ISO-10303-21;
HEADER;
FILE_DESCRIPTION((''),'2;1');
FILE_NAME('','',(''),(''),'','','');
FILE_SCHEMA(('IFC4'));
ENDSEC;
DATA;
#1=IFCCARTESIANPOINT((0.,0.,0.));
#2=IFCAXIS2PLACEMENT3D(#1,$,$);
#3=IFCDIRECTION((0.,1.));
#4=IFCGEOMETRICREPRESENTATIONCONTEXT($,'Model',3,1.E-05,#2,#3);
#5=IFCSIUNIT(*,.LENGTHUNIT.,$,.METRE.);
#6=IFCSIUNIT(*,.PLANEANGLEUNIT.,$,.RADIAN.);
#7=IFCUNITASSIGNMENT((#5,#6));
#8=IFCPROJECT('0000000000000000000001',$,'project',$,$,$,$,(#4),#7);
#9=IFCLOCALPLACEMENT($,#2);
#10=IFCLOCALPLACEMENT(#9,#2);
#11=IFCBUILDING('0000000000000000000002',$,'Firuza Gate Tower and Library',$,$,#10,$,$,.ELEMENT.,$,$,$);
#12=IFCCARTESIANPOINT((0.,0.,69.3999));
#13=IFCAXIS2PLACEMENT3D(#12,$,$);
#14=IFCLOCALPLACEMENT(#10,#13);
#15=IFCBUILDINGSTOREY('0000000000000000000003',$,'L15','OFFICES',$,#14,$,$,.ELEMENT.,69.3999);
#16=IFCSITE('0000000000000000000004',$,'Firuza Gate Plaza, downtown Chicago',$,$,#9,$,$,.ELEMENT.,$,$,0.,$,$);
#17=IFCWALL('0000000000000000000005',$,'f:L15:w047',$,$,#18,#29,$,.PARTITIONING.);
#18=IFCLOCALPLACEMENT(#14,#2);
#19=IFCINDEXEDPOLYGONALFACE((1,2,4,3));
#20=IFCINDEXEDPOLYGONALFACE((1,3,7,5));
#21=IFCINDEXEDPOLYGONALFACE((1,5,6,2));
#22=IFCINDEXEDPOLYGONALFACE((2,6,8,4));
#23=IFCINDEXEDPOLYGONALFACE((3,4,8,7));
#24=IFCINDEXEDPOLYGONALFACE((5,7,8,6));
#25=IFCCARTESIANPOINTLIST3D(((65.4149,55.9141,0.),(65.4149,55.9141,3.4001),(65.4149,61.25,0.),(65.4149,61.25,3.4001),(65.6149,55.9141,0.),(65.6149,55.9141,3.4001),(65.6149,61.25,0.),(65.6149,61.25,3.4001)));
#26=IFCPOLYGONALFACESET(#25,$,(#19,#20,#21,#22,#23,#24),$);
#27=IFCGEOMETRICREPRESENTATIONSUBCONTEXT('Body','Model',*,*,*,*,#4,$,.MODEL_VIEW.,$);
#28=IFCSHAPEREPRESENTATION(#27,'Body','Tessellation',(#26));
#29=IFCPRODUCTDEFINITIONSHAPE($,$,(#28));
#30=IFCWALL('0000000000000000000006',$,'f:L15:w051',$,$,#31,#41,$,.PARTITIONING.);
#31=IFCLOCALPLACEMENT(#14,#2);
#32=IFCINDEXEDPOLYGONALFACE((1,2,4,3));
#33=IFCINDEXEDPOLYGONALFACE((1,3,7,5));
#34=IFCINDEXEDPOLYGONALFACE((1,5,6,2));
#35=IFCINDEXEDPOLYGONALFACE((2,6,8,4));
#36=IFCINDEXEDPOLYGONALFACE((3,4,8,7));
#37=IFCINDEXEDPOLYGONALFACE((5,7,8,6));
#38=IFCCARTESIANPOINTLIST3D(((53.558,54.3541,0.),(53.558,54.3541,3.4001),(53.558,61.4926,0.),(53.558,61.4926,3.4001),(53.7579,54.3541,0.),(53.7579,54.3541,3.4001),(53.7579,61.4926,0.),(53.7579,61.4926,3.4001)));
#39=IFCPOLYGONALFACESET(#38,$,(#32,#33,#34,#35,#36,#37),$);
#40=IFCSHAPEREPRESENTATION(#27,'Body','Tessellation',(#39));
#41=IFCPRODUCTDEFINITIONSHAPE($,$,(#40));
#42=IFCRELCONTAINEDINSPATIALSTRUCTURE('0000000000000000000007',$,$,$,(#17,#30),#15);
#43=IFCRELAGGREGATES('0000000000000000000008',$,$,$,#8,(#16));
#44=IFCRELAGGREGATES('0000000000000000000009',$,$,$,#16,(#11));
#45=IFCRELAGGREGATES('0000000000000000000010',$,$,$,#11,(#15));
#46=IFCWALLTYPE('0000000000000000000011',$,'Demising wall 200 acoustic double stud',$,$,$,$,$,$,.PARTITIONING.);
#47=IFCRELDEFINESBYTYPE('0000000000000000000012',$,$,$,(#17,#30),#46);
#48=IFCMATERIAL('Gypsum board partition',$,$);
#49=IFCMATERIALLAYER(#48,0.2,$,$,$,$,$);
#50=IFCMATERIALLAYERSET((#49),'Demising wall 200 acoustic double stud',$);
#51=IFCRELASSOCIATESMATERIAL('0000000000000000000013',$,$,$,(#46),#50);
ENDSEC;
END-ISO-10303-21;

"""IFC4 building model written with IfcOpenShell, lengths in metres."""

from ifc_helpers import new_model, si_unit, direction, frame, frame_2d, origin, place, context, subcontext, project, spatial, rectangle, extrude, material, layer, layer_set, type_object, element, save


model = new_model("IFC4")

# Units and contexts
model_context = context("Model", 3, precision=1e-05, world=origin(), true_north=direction((0.0, 1.0)))
body_context = subcontext(model_context, "Body", "Model", "MODEL_VIEW")
ifc_project = project(units=[si_unit("LENGTHUNIT", "METRE"), si_unit("PLANEANGLEUNIT", "RADIAN")], contexts=[model_context])

# Site, building, storey
site_placement = place(None, origin())
site = spatial("IfcSite", under=ifc_project, at=site_placement, Name="Firuza Gate Plaza, downtown Chicago", CompositionType="ELEMENT", RefElevation=0.0)
building_placement = place(site_placement, origin())
building = spatial("IfcBuilding", under=site, at=building_placement, Name="Firuza Gate Tower and Library", CompositionType="ELEMENT")
storey_placement = place(building_placement, frame((0.0, 0.0, 69.3999)))
storey = spatial("IfcBuildingStorey", under=building, at=storey_placement, Name="L15", Description="OFFICES", CompositionType="ELEMENT", Elevation=69.3999)

# Walls
ifc_material_1 = material(Name="Gypsum board partition")
ifc_layer_1 = layer(ifc_material_1, 0.2)
ifc_layer_set_1 = layer_set([ifc_layer_1], Name="Demising wall 200 acoustic double stud")
wall_type = type_object("IfcWallType", Name="Demising wall 200 acoustic double stud", PredefinedType="PARTITIONING", material=ifc_layer_set_1)
wall_1_placement = place(storey_placement, frame((65.5149, 55.9141, 0.0), z_axis=(0.0, 0.0, 1.0), x_axis=(0.0, 1.0, 0.0)))
element("IfcWall", 1, at=wall_1_placement, inside=storey, type_object=wall_type, Name="f:L15:w047", PredefinedType="PARTITIONING", context=body_context, shape_type="SweptSolid", body=[
    extrude(rectangle(XDim=5.3359, YDim=0.2, at=frame_2d((2.668, 0.0))), origin(), (0.0, 0.0, 1.0), 3.4001),
])
wall_2_placement = place(storey_placement, frame((53.658, 54.354, 0.0), z_axis=(0.0, 0.0, 1.0), x_axis=(0.0, 1.0, 0.0)))
element("IfcWall", 2, at=wall_2_placement, inside=storey, type_object=wall_type, Name="f:L15:w051", PredefinedType="PARTITIONING", context=body_context, shape_type="SweptSolid", body=[
    extrude(rectangle(XDim=7.1384, YDim=0.2, at=frame_2d((3.5693, 0.0))), origin(), (0.0, 0.0, 1.0), 3.4001),
])

save(model, "model.ifc")
